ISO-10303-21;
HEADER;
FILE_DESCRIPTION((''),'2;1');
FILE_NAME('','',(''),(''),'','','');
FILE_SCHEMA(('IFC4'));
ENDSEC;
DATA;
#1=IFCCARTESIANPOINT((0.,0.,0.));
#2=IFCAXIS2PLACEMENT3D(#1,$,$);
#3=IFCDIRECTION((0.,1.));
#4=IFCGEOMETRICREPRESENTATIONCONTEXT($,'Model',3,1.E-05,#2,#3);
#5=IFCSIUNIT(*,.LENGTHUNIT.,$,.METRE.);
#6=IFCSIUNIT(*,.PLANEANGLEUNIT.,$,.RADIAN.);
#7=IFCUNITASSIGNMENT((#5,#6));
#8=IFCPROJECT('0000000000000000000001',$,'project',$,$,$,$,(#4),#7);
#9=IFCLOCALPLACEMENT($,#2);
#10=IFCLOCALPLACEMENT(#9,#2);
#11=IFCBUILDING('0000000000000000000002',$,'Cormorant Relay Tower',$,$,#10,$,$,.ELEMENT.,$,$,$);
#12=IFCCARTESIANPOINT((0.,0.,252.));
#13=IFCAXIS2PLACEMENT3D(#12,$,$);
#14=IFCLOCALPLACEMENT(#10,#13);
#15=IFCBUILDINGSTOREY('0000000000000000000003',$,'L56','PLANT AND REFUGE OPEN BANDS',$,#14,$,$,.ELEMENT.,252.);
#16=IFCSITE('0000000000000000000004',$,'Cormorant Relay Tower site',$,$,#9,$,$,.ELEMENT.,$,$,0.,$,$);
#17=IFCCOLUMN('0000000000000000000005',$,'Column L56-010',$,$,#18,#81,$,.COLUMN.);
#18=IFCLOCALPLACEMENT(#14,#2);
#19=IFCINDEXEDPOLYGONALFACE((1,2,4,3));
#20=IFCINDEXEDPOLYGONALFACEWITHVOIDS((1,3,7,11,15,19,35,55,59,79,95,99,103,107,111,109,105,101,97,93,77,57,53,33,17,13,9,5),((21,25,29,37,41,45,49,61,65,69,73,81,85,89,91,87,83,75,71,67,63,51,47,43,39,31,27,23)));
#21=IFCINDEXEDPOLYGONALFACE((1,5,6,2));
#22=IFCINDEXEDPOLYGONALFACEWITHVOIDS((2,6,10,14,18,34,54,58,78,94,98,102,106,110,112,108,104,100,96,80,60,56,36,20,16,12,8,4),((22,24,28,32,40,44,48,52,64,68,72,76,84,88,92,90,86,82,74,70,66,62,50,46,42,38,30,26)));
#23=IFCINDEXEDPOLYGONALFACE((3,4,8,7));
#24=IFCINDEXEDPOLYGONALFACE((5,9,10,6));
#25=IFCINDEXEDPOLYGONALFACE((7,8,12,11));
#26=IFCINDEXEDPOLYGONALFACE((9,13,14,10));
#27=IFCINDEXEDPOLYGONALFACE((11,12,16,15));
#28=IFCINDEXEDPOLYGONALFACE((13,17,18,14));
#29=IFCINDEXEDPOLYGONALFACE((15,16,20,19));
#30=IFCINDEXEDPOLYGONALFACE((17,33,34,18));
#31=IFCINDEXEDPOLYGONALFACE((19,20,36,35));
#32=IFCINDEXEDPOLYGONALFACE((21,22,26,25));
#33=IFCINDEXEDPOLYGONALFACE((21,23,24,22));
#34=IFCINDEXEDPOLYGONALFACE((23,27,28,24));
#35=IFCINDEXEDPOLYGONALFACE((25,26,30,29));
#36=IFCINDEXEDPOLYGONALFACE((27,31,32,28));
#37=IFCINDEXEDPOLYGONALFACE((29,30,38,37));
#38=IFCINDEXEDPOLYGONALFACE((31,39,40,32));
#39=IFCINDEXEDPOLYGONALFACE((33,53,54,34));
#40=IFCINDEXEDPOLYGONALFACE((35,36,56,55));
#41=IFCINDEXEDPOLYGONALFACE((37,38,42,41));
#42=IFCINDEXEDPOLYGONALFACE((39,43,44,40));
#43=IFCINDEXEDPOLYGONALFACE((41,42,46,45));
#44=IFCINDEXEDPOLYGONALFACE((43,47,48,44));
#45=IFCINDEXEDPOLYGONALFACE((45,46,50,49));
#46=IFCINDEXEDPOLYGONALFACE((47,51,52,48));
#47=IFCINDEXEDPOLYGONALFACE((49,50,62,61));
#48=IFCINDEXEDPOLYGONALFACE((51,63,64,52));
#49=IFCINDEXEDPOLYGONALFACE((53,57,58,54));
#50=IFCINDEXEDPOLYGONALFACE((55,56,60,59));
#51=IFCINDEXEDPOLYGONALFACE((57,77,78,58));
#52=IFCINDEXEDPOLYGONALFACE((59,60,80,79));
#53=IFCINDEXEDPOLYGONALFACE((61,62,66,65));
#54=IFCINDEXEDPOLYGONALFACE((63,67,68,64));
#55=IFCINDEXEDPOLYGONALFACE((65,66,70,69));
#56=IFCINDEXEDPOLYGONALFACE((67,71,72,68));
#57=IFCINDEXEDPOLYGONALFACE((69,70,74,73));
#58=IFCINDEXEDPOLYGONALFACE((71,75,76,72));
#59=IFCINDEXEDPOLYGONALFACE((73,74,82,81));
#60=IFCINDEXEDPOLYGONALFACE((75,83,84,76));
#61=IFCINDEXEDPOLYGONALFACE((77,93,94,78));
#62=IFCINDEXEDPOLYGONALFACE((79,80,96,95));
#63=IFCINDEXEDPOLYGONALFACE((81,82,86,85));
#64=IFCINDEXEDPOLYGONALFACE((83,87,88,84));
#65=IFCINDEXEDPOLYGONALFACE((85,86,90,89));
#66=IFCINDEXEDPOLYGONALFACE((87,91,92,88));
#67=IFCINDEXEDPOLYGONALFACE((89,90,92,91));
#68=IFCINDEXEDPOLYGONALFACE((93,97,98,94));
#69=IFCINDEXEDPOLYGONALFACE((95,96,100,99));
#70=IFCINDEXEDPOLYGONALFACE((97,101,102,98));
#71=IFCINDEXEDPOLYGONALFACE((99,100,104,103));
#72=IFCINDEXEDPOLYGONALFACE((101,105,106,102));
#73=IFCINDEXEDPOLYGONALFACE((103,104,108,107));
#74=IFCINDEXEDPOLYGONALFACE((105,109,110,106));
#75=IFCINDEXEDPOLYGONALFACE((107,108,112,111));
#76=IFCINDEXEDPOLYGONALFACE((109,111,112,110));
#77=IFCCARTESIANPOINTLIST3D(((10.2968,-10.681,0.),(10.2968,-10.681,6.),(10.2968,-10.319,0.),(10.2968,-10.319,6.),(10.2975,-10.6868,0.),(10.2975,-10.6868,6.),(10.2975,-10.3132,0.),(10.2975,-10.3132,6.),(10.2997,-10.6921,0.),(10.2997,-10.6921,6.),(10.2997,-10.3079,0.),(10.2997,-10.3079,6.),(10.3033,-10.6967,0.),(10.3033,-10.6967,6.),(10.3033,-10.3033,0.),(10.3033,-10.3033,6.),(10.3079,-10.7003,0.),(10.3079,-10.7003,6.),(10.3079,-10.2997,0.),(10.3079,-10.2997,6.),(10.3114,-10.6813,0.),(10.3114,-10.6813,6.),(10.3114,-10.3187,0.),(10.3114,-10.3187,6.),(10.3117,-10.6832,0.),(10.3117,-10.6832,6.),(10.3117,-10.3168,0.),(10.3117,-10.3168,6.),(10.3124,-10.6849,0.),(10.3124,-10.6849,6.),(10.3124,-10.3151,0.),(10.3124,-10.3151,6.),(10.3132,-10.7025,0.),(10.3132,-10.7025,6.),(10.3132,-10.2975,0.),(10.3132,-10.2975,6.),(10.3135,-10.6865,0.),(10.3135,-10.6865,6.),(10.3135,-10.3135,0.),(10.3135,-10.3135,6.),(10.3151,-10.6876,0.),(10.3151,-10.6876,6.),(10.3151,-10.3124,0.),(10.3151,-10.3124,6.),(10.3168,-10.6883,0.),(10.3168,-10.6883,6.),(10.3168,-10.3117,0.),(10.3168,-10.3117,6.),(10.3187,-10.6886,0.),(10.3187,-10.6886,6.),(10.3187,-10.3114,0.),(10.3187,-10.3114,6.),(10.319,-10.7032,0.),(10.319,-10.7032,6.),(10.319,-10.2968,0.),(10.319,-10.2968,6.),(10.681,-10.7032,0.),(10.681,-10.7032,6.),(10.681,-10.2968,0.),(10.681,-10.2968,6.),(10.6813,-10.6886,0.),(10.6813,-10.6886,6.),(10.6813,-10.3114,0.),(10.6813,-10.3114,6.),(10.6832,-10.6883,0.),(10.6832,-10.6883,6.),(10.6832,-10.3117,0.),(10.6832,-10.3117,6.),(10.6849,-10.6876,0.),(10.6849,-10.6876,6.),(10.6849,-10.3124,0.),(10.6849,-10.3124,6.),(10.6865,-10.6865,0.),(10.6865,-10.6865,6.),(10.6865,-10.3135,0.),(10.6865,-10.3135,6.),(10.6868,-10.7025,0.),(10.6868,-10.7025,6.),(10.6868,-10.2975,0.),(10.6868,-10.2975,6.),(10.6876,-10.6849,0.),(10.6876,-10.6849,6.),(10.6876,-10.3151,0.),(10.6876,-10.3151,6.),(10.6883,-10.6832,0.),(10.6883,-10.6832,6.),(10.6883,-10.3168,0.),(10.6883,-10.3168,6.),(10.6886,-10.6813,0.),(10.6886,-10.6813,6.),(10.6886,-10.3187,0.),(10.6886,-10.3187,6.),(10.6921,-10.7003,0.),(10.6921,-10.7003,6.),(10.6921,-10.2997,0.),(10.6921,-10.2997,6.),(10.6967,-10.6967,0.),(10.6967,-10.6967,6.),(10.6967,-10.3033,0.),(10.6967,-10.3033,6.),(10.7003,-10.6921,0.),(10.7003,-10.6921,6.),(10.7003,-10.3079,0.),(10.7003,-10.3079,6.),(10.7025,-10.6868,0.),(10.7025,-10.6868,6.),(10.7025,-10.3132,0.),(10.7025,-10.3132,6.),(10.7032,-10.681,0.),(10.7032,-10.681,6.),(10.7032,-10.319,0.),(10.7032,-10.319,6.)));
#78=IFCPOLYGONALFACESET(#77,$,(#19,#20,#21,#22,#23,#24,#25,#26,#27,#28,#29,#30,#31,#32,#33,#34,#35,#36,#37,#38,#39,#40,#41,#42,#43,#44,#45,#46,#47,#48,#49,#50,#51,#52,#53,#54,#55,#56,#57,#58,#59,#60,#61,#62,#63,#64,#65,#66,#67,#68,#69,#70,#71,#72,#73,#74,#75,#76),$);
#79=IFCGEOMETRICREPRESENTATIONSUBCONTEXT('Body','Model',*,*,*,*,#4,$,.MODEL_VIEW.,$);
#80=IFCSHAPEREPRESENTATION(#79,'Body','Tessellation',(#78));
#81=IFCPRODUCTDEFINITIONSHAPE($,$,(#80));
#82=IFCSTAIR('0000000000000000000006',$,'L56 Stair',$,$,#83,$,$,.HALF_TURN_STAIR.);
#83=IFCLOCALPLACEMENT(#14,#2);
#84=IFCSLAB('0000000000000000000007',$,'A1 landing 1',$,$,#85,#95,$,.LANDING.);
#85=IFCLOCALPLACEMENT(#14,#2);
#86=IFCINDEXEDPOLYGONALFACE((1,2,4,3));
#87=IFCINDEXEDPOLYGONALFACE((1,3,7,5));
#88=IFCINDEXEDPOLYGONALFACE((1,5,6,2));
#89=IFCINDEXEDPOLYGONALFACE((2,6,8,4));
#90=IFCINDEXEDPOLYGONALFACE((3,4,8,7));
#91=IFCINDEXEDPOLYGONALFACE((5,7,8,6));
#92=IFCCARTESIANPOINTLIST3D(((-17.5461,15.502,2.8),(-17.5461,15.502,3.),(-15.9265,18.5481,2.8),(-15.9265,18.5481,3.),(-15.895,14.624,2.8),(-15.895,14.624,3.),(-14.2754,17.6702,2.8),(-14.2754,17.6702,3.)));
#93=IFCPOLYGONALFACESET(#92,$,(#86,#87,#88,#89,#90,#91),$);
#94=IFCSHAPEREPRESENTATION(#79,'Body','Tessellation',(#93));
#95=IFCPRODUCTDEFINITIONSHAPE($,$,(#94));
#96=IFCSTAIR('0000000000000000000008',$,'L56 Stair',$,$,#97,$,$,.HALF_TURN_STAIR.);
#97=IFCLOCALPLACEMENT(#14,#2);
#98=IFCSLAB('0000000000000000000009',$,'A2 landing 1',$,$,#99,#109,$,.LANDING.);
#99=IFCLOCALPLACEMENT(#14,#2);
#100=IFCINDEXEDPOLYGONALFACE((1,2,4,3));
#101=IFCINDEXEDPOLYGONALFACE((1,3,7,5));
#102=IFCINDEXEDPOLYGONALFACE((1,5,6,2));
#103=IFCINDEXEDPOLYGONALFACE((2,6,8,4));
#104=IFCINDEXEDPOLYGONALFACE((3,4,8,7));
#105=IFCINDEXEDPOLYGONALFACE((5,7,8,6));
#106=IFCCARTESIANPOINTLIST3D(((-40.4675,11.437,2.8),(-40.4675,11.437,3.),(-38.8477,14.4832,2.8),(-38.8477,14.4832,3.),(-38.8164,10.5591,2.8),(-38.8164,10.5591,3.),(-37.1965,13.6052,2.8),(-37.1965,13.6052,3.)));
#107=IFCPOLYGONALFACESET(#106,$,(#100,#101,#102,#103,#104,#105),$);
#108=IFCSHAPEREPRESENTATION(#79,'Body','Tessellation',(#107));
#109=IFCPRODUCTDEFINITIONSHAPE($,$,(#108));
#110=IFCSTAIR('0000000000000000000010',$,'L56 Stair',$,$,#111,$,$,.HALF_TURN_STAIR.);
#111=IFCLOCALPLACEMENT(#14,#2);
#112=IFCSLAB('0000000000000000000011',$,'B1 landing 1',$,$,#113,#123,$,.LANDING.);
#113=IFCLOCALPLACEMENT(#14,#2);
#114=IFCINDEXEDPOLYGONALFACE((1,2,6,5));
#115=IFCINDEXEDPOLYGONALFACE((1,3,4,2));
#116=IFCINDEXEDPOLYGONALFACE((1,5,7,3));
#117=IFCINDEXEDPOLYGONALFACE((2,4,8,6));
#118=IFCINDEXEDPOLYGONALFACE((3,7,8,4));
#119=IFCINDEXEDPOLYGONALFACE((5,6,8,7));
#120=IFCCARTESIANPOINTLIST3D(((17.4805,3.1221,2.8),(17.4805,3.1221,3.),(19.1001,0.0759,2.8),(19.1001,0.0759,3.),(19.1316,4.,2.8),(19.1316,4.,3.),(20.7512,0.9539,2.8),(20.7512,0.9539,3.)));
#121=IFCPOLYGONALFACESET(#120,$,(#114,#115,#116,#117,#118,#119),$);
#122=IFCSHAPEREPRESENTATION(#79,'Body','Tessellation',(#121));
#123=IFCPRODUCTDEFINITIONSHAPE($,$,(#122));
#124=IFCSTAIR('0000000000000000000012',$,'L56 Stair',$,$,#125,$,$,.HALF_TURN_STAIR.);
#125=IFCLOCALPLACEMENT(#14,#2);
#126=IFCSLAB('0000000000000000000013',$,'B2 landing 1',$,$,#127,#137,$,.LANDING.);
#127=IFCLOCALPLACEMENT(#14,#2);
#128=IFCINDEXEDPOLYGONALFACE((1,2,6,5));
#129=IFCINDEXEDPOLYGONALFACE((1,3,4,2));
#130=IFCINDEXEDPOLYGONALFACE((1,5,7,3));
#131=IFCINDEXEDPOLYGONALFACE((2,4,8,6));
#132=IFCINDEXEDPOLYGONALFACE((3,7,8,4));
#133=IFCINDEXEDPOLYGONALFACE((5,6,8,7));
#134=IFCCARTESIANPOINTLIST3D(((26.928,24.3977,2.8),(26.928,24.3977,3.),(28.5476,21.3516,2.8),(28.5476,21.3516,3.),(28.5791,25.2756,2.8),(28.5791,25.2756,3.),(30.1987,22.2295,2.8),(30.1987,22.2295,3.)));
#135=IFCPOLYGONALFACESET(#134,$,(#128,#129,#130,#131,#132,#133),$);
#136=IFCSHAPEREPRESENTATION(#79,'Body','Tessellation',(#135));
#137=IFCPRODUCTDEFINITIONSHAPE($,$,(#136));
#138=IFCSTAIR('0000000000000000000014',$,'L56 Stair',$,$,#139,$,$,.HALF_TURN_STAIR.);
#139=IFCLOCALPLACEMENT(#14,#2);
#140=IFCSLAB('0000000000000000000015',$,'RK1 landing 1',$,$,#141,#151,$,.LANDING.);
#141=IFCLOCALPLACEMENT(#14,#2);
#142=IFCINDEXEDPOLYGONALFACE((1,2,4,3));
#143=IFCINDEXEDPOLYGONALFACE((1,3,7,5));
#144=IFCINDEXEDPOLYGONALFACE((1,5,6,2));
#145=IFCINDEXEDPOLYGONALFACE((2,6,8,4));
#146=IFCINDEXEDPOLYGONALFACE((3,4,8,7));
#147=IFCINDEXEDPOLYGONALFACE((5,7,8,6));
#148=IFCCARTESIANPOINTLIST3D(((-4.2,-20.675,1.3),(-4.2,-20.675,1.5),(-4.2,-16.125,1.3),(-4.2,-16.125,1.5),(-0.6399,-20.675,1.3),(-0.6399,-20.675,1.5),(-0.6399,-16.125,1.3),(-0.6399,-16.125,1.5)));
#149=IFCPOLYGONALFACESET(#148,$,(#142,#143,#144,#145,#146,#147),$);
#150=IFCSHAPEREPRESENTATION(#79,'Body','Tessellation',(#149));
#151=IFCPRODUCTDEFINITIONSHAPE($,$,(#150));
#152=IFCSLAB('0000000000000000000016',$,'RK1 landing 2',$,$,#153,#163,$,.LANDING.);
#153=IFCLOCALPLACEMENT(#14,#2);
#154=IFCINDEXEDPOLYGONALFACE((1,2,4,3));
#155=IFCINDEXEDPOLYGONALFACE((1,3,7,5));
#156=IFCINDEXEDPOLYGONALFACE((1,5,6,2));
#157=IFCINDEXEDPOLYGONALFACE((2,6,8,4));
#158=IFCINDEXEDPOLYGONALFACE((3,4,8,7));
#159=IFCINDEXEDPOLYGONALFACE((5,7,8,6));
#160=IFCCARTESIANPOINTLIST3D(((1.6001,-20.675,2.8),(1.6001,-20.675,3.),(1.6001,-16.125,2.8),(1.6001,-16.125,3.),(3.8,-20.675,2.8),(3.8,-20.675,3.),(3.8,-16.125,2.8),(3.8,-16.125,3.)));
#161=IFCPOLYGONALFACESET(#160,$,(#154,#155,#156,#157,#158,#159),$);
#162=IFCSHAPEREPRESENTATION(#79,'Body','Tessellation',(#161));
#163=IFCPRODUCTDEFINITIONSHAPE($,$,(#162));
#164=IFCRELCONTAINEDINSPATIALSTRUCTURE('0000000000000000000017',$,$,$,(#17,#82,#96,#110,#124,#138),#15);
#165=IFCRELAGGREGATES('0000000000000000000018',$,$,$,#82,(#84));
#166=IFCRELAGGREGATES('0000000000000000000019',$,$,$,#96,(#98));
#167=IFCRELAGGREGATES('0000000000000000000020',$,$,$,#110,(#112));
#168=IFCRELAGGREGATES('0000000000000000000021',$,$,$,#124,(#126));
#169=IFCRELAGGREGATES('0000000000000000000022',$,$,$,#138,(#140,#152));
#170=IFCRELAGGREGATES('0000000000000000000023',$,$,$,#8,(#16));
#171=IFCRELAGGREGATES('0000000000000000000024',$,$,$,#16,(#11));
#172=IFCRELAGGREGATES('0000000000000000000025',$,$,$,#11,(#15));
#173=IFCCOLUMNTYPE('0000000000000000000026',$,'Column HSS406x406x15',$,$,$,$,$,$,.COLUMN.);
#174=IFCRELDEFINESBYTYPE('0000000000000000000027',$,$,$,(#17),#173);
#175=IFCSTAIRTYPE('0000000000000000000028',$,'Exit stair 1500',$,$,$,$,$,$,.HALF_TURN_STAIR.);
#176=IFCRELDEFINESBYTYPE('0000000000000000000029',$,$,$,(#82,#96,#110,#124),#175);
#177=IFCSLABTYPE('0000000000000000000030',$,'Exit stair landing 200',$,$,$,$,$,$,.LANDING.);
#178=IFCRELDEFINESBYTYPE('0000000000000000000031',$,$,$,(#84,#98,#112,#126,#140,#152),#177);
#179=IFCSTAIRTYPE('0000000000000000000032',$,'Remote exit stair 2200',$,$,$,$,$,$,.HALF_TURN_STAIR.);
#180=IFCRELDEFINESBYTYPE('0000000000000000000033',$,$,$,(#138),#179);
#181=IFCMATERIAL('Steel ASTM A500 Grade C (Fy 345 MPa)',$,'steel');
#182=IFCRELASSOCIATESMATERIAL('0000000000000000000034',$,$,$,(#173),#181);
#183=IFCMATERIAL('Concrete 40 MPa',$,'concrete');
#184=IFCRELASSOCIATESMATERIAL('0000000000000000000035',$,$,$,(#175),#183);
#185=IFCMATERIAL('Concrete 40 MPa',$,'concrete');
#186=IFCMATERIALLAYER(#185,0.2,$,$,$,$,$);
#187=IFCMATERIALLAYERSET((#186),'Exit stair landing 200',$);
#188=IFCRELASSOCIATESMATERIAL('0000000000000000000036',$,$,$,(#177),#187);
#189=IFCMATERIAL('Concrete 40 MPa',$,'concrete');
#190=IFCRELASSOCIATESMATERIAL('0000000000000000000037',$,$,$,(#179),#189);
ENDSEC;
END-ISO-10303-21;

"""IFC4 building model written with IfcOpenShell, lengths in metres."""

from ifc_helpers import new_model, si_unit, direction, frame, origin, origin_2d, place, context, subcontext, project, spatial, polyline, hollow_rectangle, outline, extrude, material, layer, layer_set, material_profile, profile_set, type_object, element, aggregate, save


model = new_model("IFC4")

# Units and contexts
model_context = context("Model", 3, precision=1e-05, world=origin(), true_north=direction((0.0, 1.0)))
body_context = subcontext(model_context, "Body", "Model", "MODEL_VIEW")
ifc_project = project(units=[si_unit("LENGTHUNIT", "METRE"), si_unit("PLANEANGLEUNIT", "RADIAN")], contexts=[model_context])

# Site, building, storey
site_placement = place(None, origin())
site = spatial("IfcSite", under=ifc_project, at=site_placement, Name="Cormorant Relay Tower site", CompositionType="ELEMENT", RefElevation=0.0)
building_placement = place(site_placement, origin())
building = spatial("IfcBuilding", under=site, at=building_placement, Name="Cormorant Relay Tower", CompositionType="ELEMENT")
storey_placement = place(building_placement, frame((0.0, 0.0, 252.0)))
storey = spatial("IfcBuildingStorey", under=building, at=storey_placement, Name="L56", Description="PLANT AND REFUGE OPEN BANDS", CompositionType="ELEMENT", Elevation=252.0)

# Column
ifc_material_1 = material(Name="Steel ASTM A500 Grade C (Fy 345 MPa)", Category="steel")
ifc_material_profile = material_profile(ifc_material_1, hollow_rectangle(XDim=0.4065, YDim=0.4065, WallThickness=0.0146, InnerFilletRadius=0.0073, OuterFilletRadius=0.0222, at=origin_2d()), Name="HSS406x406x15")
ifc_profile_set = profile_set([ifc_material_profile], Name="Steel ASTM A500 Grade C (Fy 345 MPa)")
column_type = type_object("IfcColumnType", Name="Column HSS406x406x15", PredefinedType="COLUMN", material=ifc_profile_set)
column_placement = place(storey_placement, frame((10.5, -10.5, 0.0), z_axis=(0.0, 0.0, 1.0), x_axis=(1.0, 0.0, 0.0)))
element("IfcColumn", 1, at=column_placement, inside=storey, type_object=column_type, Name="Column L56-010", PredefinedType="COLUMN", context=body_context, shape_type="SweptSolid", body=[
    extrude(hollow_rectangle(XDim=0.4065, YDim=0.4065, WallThickness=0.0146, InnerFilletRadius=0.0073, OuterFilletRadius=0.0222, at=origin_2d()), origin(), (0.0, 0.0, 1.0), 6.0),
])

# Stairs, slabs
ifc_material_2 = material(Name="Concrete 40 MPa", Category="concrete")
stair_type_1 = type_object("IfcStairType", Name="Exit stair 1500", PredefinedType="HALF_TURN_STAIR", material=ifc_material_2)
stair_1_placement = place(storey_placement, origin())
stair_1 = element("IfcStair", 2, at=stair_1_placement, inside=storey, type_object=stair_type_1, Name="L56 Stair", PredefinedType="HALF_TURN_STAIR")
ifc_material_3 = material(Name="Concrete 40 MPa", Category="concrete")
ifc_layer_1 = layer(ifc_material_3, 0.2)
ifc_layer_set_1 = layer_set([ifc_layer_1], Name="Exit stair landing 200")
slab_type_1 = type_object("IfcSlabType", Name="Exit stair landing 200", PredefinedType="LANDING", material=ifc_layer_set_1)
slab_1_placement = place(storey_placement, frame((0.0, 0.0, 2.8)))
slab_1 = element("IfcSlab", 3, at=slab_1_placement, type_object=slab_type_1, Name="A1 landing 1", PredefinedType="LANDING", context=body_context, shape_type="SweptSolid", body=[
    extrude(outline(polyline([(-17.5461, 15.502), (-15.895, 14.624), (-14.2754, 17.6702), (-15.9265, 18.5481), (-17.5461, 15.502)])), origin(), (0.0, 0.0, 1.0), 0.2),
])
aggregate(stair_1, [slab_1])
stair_2_placement = place(storey_placement, origin())
stair_2 = element("IfcStair", 4, at=stair_2_placement, inside=storey, type_object=stair_type_1, Name="L56 Stair", PredefinedType="HALF_TURN_STAIR")
slab_2_placement = place(storey_placement, frame((0.0, 0.0, 2.8)))
slab_2 = element("IfcSlab", 5, at=slab_2_placement, type_object=slab_type_1, Name="A2 landing 1", PredefinedType="LANDING", context=body_context, shape_type="SweptSolid", body=[
    extrude(outline(polyline([(-37.1965, 13.6052), (-38.8477, 14.4832), (-40.4675, 11.437), (-38.8164, 10.5591), (-37.1965, 13.6052)])), origin(), (0.0, 0.0, 1.0), 0.2),
])
aggregate(stair_2, [slab_2])
stair_3_placement = place(storey_placement, origin())
stair_3 = element("IfcStair", 6, at=stair_3_placement, inside=storey, type_object=stair_type_1, Name="L56 Stair", PredefinedType="HALF_TURN_STAIR")
slab_3_placement = place(storey_placement, frame((0.0, 0.0, 2.8)))
slab_3 = element("IfcSlab", 7, at=slab_3_placement, type_object=slab_type_1, Name="B1 landing 1", PredefinedType="LANDING", context=body_context, shape_type="SweptSolid", body=[
    extrude(outline(polyline([(19.1316, 4.0), (17.4805, 3.1221), (19.1001, 0.0759), (20.7512, 0.9539), (19.1316, 4.0)])), origin(), (0.0, 0.0, 1.0), 0.2),
])
aggregate(stair_3, [slab_3])
stair_4_placement = place(storey_placement, origin())
stair_4 = element("IfcStair", 8, at=stair_4_placement, inside=storey, type_object=stair_type_1, Name="L56 Stair", PredefinedType="HALF_TURN_STAIR")
slab_4_placement = place(storey_placement, frame((0.0, 0.0, 2.8)))
slab_4 = element("IfcSlab", 9, at=slab_4_placement, type_object=slab_type_1, Name="B2 landing 1", PredefinedType="LANDING", context=body_context, shape_type="SweptSolid", body=[
    extrude(outline(polyline([(28.5476, 21.3516), (30.1987, 22.2295), (28.5791, 25.2756), (26.928, 24.3977), (28.5476, 21.3516)])), origin(), (0.0, 0.0, 1.0), 0.2),
])
aggregate(stair_4, [slab_4])

# Stair, slabs
ifc_material_4 = material(Name="Concrete 40 MPa", Category="concrete")
stair_type_2 = type_object("IfcStairType", Name="Remote exit stair 2200", PredefinedType="HALF_TURN_STAIR", material=ifc_material_4)
stair_5_placement = place(storey_placement, origin())
stair_5 = element("IfcStair", 10, at=stair_5_placement, inside=storey, type_object=stair_type_2, Name="L56 Stair", PredefinedType="HALF_TURN_STAIR")
slab_5_placement = place(storey_placement, frame((0.0, 0.0, 1.3)))
slab_5 = element("IfcSlab", 11, at=slab_5_placement, type_object=slab_type_1, Name="RK1 landing 1", PredefinedType="LANDING", context=body_context, shape_type="SweptSolid", body=[
    extrude(outline(polyline([(-0.6399, -16.125), (-4.2, -16.125), (-4.2, -20.675), (-0.6399, -20.675), (-0.6399, -16.125)])), origin(), (0.0, 0.0, 1.0), 0.2),
])
slab_6_placement = place(storey_placement, frame((0.0, 0.0, 2.8)))
slab_6 = element("IfcSlab", 12, at=slab_6_placement, type_object=slab_type_1, Name="RK1 landing 2", PredefinedType="LANDING", context=body_context, shape_type="SweptSolid", body=[
    extrude(outline(polyline([(3.8, -16.125), (1.6001, -16.125), (1.6001, -20.675), (3.8, -20.675), (3.8, -16.125)])), origin(), (0.0, 0.0, 1.0), 0.2),
])
aggregate(stair_5, [slab_5, slab_6])

save(model, "model.ifc")
